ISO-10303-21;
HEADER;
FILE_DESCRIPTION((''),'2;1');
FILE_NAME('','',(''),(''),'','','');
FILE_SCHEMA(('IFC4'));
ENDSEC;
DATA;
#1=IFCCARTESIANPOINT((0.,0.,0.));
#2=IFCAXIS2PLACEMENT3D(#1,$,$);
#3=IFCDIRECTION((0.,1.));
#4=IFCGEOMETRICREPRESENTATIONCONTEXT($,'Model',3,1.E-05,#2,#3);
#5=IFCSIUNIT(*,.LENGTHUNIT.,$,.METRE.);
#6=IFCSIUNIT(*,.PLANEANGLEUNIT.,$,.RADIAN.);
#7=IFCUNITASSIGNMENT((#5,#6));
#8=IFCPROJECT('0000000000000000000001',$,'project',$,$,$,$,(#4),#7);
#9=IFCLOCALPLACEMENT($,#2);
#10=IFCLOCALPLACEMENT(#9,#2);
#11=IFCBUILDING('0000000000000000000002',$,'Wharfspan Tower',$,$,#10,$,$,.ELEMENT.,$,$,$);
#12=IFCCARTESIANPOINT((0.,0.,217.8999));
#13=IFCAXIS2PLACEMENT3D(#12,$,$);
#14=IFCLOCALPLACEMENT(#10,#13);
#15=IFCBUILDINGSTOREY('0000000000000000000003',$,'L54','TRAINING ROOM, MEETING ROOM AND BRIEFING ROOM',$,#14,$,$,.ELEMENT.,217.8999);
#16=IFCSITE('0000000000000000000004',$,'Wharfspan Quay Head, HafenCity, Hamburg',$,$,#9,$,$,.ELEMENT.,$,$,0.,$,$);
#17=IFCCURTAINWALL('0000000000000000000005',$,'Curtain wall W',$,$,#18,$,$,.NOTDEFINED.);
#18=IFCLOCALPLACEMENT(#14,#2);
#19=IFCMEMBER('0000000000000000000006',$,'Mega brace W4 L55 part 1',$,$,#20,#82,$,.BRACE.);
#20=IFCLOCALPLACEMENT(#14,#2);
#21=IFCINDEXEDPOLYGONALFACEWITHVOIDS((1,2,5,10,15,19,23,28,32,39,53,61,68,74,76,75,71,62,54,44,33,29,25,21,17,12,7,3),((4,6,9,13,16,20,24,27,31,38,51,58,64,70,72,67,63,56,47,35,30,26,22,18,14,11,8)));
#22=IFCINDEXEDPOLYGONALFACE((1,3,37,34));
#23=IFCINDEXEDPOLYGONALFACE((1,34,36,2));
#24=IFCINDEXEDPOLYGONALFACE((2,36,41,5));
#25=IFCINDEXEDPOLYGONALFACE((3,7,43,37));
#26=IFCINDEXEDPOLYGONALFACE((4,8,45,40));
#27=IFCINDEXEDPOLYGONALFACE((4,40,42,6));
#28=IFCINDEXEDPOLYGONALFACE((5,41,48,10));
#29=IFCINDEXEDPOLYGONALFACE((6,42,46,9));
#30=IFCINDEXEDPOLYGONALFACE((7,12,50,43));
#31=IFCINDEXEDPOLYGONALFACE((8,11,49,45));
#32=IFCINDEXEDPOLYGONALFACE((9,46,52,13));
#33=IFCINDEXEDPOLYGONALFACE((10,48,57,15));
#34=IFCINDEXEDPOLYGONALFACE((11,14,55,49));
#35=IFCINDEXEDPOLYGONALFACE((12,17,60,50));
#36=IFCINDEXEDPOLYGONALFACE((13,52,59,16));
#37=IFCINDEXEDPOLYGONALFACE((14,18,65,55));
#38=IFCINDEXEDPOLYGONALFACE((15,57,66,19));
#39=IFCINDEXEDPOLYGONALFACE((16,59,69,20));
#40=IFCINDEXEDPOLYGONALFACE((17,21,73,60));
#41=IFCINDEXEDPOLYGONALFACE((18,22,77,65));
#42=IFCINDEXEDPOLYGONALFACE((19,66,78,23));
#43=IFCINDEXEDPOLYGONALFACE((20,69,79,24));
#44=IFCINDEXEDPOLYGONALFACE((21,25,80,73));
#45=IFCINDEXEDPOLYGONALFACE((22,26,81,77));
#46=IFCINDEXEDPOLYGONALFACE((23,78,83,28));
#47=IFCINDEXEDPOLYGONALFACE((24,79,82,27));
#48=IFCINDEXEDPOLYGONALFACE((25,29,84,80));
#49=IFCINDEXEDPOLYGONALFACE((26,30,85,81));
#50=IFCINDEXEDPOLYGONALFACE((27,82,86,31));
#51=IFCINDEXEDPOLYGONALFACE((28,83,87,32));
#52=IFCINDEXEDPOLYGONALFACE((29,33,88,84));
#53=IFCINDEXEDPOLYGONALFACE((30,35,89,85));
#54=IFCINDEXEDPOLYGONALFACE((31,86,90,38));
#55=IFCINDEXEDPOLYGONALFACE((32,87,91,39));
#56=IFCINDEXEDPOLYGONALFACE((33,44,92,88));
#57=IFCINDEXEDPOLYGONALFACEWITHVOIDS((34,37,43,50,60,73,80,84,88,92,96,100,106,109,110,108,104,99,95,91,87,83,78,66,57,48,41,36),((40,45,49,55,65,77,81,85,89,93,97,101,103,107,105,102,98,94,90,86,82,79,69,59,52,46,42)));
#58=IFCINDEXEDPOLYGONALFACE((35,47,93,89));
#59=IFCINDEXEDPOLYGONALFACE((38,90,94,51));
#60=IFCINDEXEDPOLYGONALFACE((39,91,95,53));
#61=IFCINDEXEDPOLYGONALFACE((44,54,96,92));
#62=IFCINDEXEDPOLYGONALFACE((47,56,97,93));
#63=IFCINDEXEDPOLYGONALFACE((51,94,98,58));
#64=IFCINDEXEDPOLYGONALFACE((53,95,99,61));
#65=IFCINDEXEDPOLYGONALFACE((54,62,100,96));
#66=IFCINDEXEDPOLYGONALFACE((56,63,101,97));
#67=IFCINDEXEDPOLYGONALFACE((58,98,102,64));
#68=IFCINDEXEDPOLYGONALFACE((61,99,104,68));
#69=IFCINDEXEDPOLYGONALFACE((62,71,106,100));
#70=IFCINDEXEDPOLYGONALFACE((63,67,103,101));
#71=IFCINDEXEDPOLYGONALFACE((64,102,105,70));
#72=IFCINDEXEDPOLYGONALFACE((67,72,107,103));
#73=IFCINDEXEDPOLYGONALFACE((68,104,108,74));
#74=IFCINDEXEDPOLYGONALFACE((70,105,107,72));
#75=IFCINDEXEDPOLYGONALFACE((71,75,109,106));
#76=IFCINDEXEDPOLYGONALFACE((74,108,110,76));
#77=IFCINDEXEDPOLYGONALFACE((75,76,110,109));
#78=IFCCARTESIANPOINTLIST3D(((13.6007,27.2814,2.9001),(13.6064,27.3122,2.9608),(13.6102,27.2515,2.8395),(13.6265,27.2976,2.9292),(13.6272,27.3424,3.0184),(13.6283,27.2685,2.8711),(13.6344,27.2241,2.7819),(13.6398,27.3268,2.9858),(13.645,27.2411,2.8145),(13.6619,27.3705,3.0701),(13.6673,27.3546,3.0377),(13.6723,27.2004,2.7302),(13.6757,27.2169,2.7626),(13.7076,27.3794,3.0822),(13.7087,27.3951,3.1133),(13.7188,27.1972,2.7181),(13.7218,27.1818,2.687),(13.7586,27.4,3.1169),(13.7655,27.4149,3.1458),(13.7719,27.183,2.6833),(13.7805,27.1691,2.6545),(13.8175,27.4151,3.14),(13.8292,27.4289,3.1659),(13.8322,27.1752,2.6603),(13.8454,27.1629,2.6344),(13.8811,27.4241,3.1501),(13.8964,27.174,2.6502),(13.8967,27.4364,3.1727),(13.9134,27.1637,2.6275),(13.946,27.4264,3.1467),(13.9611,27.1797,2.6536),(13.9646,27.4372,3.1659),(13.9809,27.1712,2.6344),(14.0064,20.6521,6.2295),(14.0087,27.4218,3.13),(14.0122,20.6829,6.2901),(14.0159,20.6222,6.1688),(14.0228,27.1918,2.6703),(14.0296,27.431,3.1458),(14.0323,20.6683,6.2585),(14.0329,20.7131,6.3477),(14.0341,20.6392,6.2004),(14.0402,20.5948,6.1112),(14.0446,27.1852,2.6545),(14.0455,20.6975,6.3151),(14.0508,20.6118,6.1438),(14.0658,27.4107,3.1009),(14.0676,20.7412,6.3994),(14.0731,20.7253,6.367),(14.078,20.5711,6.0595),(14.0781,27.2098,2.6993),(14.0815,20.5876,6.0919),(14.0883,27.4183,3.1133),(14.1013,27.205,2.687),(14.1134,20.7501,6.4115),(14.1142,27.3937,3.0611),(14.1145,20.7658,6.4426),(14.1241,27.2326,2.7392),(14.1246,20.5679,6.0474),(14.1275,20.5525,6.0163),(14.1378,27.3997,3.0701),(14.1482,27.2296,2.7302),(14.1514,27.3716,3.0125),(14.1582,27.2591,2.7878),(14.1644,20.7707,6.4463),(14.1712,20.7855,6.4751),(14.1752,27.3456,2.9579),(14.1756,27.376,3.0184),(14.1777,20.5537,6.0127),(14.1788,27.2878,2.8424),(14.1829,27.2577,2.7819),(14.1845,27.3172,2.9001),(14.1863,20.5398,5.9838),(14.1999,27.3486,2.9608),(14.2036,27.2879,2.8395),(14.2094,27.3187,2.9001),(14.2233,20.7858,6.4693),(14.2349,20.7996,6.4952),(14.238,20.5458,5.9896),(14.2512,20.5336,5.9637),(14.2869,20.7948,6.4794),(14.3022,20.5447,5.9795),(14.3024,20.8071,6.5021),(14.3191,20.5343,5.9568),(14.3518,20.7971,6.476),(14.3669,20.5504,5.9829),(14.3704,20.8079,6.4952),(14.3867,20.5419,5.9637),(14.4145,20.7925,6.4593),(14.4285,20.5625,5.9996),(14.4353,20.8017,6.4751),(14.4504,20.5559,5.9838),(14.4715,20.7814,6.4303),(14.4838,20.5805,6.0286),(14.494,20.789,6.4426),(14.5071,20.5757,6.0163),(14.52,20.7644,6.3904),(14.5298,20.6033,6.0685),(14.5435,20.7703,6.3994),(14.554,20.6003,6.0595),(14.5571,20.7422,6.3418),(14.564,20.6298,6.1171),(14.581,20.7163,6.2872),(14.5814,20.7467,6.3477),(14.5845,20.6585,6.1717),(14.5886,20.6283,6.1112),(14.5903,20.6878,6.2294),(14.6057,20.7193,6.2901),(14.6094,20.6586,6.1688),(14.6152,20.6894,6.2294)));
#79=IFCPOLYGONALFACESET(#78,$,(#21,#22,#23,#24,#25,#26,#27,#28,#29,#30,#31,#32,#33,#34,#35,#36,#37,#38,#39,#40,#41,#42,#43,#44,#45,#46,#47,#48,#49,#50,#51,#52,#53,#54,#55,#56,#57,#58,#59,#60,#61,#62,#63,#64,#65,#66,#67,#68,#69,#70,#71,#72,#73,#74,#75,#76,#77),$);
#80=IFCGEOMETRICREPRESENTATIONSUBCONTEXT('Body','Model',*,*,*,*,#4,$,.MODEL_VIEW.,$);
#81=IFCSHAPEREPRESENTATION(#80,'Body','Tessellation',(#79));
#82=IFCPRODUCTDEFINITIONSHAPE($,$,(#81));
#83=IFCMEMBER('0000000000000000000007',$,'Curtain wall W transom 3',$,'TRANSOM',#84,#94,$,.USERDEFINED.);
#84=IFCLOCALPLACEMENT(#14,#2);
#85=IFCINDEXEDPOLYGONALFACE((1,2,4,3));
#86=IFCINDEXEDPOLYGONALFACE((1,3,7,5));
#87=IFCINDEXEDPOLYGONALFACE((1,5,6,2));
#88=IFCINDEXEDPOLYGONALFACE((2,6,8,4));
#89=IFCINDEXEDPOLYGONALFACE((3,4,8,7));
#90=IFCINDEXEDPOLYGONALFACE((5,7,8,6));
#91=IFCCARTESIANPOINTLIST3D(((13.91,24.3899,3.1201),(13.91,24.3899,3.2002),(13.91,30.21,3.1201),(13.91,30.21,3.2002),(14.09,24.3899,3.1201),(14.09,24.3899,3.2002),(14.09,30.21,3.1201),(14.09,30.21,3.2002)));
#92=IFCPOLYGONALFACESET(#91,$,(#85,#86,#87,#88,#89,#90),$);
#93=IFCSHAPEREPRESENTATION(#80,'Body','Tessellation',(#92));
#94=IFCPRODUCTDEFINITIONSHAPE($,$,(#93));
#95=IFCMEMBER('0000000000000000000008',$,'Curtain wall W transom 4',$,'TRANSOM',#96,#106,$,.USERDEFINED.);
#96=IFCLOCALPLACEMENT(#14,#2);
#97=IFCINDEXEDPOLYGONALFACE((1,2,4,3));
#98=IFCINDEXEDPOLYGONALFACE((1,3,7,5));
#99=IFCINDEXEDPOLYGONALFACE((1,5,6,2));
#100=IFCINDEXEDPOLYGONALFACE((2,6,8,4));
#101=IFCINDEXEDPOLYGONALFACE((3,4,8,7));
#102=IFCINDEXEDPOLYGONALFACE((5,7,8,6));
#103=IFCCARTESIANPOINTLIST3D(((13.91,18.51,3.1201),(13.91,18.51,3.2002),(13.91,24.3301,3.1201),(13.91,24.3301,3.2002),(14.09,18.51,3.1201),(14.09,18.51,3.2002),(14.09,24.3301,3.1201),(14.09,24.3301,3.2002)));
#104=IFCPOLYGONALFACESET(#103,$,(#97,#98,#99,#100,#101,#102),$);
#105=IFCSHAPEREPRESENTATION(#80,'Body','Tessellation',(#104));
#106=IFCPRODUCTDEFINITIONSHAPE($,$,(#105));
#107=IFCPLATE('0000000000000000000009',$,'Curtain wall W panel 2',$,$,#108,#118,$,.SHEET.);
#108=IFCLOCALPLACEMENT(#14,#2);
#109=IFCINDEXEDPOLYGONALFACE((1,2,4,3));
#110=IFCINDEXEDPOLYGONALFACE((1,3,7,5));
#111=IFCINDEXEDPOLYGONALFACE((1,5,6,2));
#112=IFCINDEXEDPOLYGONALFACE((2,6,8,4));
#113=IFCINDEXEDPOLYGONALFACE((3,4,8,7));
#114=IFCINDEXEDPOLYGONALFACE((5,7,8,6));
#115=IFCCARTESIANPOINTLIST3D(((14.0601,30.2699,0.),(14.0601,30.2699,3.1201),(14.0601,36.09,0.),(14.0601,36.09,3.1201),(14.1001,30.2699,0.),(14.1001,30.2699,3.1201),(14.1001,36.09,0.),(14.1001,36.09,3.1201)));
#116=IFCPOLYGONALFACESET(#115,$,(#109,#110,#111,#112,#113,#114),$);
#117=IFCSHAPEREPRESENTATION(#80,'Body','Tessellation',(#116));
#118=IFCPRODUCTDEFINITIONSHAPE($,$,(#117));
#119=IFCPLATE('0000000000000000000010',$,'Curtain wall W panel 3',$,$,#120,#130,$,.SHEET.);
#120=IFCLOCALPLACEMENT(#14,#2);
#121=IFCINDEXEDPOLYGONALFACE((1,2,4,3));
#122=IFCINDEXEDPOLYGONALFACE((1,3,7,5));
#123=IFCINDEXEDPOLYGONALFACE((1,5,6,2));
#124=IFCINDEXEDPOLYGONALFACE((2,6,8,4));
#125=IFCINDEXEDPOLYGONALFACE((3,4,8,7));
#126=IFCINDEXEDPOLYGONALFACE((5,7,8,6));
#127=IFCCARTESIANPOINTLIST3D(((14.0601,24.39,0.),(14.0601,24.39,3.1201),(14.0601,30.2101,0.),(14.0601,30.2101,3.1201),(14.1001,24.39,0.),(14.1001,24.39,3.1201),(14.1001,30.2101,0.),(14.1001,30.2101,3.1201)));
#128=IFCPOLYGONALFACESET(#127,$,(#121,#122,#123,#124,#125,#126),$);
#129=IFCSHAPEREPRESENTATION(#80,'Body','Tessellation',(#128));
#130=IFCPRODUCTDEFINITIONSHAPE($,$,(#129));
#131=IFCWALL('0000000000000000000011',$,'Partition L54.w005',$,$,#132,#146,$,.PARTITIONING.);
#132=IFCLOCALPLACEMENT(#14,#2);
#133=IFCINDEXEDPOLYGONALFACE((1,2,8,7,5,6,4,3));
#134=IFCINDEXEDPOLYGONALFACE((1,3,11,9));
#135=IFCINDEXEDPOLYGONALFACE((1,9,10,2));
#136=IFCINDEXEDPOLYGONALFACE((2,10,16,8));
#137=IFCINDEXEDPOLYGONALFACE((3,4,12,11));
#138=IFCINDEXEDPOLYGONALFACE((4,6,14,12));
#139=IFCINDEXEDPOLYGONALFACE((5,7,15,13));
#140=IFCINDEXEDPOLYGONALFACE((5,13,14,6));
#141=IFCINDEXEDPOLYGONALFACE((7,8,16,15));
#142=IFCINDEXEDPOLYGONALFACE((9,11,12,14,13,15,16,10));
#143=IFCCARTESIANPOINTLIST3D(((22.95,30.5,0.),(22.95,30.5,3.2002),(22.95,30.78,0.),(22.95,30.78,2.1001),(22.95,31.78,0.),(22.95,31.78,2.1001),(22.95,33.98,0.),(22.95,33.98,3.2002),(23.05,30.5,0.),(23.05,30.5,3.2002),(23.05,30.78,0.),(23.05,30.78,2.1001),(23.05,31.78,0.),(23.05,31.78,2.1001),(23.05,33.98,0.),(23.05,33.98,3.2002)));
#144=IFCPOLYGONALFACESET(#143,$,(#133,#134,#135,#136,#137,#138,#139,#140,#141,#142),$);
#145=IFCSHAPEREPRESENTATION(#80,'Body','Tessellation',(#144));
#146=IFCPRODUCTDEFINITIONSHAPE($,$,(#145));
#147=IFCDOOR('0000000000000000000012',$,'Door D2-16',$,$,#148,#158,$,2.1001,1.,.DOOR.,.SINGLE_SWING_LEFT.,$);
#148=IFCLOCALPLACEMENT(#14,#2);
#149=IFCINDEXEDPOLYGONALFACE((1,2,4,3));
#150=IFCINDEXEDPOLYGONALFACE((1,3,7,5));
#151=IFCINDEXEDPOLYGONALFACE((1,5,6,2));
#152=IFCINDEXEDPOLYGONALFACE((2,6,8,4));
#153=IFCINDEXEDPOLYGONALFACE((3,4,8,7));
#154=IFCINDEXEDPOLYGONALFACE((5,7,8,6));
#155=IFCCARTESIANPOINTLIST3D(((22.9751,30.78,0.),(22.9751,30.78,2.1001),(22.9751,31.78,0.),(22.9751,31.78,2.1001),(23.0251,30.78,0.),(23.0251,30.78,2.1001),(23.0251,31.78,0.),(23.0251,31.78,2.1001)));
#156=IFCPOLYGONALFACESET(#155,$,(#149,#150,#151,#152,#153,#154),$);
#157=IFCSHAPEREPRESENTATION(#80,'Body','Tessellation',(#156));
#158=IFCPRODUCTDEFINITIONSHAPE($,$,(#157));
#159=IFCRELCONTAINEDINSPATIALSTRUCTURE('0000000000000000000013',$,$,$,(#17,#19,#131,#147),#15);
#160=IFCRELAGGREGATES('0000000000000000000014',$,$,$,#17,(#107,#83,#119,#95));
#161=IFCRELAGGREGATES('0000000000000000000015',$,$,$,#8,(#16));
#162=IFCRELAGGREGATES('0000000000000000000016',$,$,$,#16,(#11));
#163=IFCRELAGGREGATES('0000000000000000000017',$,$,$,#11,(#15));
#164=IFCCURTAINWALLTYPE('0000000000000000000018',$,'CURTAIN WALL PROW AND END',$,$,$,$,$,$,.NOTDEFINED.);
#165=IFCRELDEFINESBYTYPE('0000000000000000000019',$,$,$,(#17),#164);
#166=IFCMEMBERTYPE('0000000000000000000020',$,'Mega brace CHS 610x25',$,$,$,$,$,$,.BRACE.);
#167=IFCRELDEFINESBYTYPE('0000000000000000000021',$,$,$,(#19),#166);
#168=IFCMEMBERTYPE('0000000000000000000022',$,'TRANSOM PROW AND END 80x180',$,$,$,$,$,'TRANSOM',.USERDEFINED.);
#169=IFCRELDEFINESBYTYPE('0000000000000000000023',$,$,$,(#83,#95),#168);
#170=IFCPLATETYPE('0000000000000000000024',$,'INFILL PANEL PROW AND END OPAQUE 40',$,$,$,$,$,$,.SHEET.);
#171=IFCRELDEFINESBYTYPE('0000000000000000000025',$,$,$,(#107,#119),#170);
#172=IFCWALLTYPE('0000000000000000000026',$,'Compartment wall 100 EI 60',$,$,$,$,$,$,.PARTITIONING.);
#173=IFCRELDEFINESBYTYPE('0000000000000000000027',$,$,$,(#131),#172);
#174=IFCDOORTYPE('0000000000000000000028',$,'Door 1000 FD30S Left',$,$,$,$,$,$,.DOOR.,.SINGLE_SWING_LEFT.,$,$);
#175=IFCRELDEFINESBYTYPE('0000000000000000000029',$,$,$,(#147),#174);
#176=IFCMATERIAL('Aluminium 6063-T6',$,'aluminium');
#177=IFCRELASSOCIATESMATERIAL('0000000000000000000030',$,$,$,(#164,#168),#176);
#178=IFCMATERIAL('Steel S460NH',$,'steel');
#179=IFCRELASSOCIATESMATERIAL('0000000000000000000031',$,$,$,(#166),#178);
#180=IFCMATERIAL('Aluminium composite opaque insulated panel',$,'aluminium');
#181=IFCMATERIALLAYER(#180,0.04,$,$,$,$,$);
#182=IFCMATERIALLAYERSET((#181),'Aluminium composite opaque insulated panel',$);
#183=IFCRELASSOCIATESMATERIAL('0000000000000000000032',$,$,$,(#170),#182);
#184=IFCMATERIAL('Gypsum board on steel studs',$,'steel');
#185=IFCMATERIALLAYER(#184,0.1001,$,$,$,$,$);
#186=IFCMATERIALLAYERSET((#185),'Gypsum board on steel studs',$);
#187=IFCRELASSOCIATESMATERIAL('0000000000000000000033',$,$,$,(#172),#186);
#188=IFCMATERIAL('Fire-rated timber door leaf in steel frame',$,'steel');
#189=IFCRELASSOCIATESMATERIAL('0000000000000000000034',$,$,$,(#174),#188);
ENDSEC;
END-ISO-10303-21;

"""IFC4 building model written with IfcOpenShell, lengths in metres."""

from ifc_helpers import new_model, si_unit, direction, frame, frame_2d, origin, origin_2d, place, context, subcontext, project, spatial, rectangle, hollow_circle, extrude, material, layer, layer_set, material_profile, profile_set, type_object, element, fill, aggregate, save


model = new_model("IFC4")

# Units and contexts
model_context = context("Model", 3, precision=1e-05, world=origin(), true_north=direction((0.0, 1.0)))
body_context = subcontext(model_context, "Body", "Model", "MODEL_VIEW")
ifc_project = project(units=[si_unit("LENGTHUNIT", "METRE"), si_unit("PLANEANGLEUNIT", "RADIAN")], contexts=[model_context])

# Site, building, storey
site_placement = place(None, origin())
site = spatial("IfcSite", under=ifc_project, at=site_placement, Name="Wharfspan Quay Head, HafenCity, Hamburg", CompositionType="ELEMENT", RefElevation=0.0)
building_placement = place(site_placement, origin())
building = spatial("IfcBuilding", under=site, at=building_placement, Name="Wharfspan Tower", CompositionType="ELEMENT")
storey_placement = place(building_placement, frame((0.0, 0.0, 217.8999)))
storey = spatial("IfcBuildingStorey", under=building, at=storey_placement, Name="L54", Description="TRAINING ROOM, MEETING ROOM AND BRIEFING ROOM", CompositionType="ELEMENT", Elevation=217.8999)

# Curtain wall
ifc_material_1 = material(Name="Aluminium 6063-T6", Category="aluminium")
curtain_wall_type = type_object("IfcCurtainWallType", Name="CURTAIN WALL PROW AND END", PredefinedType="NOTDEFINED", material=ifc_material_1)
curtain_wall_placement = place(storey_placement, origin())
curtain_wall = element("IfcCurtainWall", 1, at=curtain_wall_placement, inside=storey, type_object=curtain_wall_type, Name="Curtain wall W", PredefinedType="NOTDEFINED")

# Member
ifc_material_2 = material(Name="Steel S460NH", Category="steel")
ifc_material_profile_1 = material_profile(ifc_material_2, hollow_circle(Radius=0.3049, WallThickness=0.0249, at=origin_2d()))
ifc_profile_set_1 = profile_set([ifc_material_profile_1], Name="Steel S460NH")
member_type_1 = type_object("IfcMemberType", Name="Mega brace CHS 610x25", PredefinedType="BRACE", material=ifc_profile_set_1)
member_1_placement = place(storey_placement, frame((13.905, 27.3, 2.9001), z_axis=(0.054615, -0.892302, 0.448123), x_axis=(0.998132, 0.061091, -0.000003)))
element("IfcMember", 2, at=member_1_placement, inside=storey, type_object=member_type_1, Name="Mega brace W4 L55 part 1", PredefinedType="BRACE", context=body_context, shape_type="SweptSolid", body=[
    extrude(hollow_circle(Radius=0.3049, WallThickness=0.0249, at=origin_2d()), origin(), (0.0, 0.0, 1.0), 7.4294),
])

# Members
ifc_material_profile_2 = material_profile(ifc_material_1, rectangle(XDim=0.1799, YDim=0.0801, at=origin_2d()))
ifc_profile_set_2 = profile_set([ifc_material_profile_2], Name="Aluminium 6063-T6")
member_type_2 = type_object("IfcMemberType", Name="TRANSOM PROW AND END 80x180", ElementType="TRANSOM", PredefinedType="USERDEFINED", material=ifc_profile_set_2)
member_2_placement = place(storey_placement, frame((14.0, 30.21, 3.1602), z_axis=(0.0, -1.0, 0.0), x_axis=(1.0, 0.0, 0.0)))
member_2 = element("IfcMember", 3, at=member_2_placement, type_object=member_type_2, Name="Curtain wall W transom 3", ObjectType="TRANSOM", PredefinedType="USERDEFINED", context=body_context, shape_type="SweptSolid", body=[
    extrude(rectangle(XDim=0.1799, YDim=0.0801, at=origin_2d()), origin(), (0.0, 0.0, 1.0), 5.8201),
])
member_3_placement = place(storey_placement, frame((14.0, 24.3301, 3.1602), z_axis=(0.0, -1.0, 0.0), x_axis=(1.0, 0.0, 0.0)))
member_3 = element("IfcMember", 4, at=member_3_placement, type_object=member_type_2, Name="Curtain wall W transom 4", ObjectType="TRANSOM", PredefinedType="USERDEFINED", context=body_context, shape_type="SweptSolid", body=[
    extrude(rectangle(XDim=0.1799, YDim=0.0801, at=origin_2d()), origin(), (0.0, 0.0, 1.0), 5.8201),
])

# Plates
ifc_material_3 = material(Name="Aluminium composite opaque insulated panel", Category="aluminium")
ifc_layer_1 = layer(ifc_material_3, 0.04)
ifc_layer_set_1 = layer_set([ifc_layer_1], Name="Aluminium composite opaque insulated panel")
plate_type = type_object("IfcPlateType", Name="INFILL PANEL PROW AND END OPAQUE 40", PredefinedType="SHEET", material=ifc_layer_set_1)
plate_1_placement = place(storey_placement, frame((14.0801, 33.1799, 0.0), z_axis=(0.0, 0.0, 1.0), x_axis=(0.0, -1.0, 0.0)))
plate_1 = element("IfcPlate", 5, at=plate_1_placement, type_object=plate_type, Name="Curtain wall W panel 2", PredefinedType="SHEET", context=body_context, shape_type="SweptSolid", body=[
    extrude(rectangle(XDim=5.8201, YDim=0.04, at=origin_2d()), origin(), (0.0, 0.0, 1.0), 3.1201),
])
plate_2_placement = place(storey_placement, frame((14.0801, 27.3, 0.0), z_axis=(0.0, 0.0, 1.0), x_axis=(0.0, -1.0, 0.0)))
plate_2 = element("IfcPlate", 6, at=plate_2_placement, type_object=plate_type, Name="Curtain wall W panel 3", PredefinedType="SHEET", context=body_context, shape_type="SweptSolid", body=[
    extrude(rectangle(XDim=5.8201, YDim=0.04, at=origin_2d()), origin(), (0.0, 0.0, 1.0), 3.1201),
])
aggregate(curtain_wall, [plate_1, member_2, plate_2, member_3])

# Wall, opening, door
ifc_material_4 = material(Name="Gypsum board on steel studs", Category="steel")
ifc_layer_2 = layer(ifc_material_4, 0.1001)
ifc_layer_set_2 = layer_set([ifc_layer_2], Name="Gypsum board on steel studs")
wall_type_1 = type_object("IfcWallType", Name="Compartment wall 100 EI 60", PredefinedType="PARTITIONING", material=ifc_layer_set_2)
wall_1_placement = place(storey_placement, frame((23.0, 30.5, 0.0), z_axis=(0.0, 0.0, 1.0), x_axis=(0.0, 1.0, 0.0)))
wall_1 = element("IfcWall", 7, at=wall_1_placement, inside=storey, type_object=wall_type_1, Name="Partition L54.w005", PredefinedType="PARTITIONING", context=body_context, shape_type="SweptSolid", body=[
    extrude(rectangle(XDim=3.48, YDim=0.1001, at=frame_2d((1.74, 0.0))), origin(), (0.0, 0.0, 1.0), 3.2002),
])
opening_1_placement = place(wall_1_placement, frame((0.28, 0.0, 0.0)))
opening_1 = element("IfcOpeningElement", 8, at=opening_1_placement, cuts=wall_1, PredefinedType="OPENING", context=body_context, shape_type="SweptSolid", body=[
    extrude(rectangle(XDim=1.0, YDim=2.1001, at=frame_2d((0.5, 1.05))), frame((0.0, 0.0601, 0.0), z_axis=(0.0, -1.0, 0.0), x_axis=(1.0, 0.0, 0.0)), (0.0, 0.0, 1.0), 0.1201),
])
ifc_material_5 = material(Name="Fire-rated timber door leaf in steel frame", Category="steel")
door_type_1 = type_object("IfcDoorType", Name="Door 1000 FD30S Left", OperationType="SINGLE_SWING_LEFT", PredefinedType="DOOR", material=ifc_material_5)
door_1_placement = place(opening_1_placement, origin())
door_1 = element("IfcDoor", 9, at=door_1_placement, inside=storey, type_object=door_type_1, Name="Door D2-16", OperationType="SINGLE_SWING_LEFT", OverallHeight=2.1001, OverallWidth=1.0, PredefinedType="DOOR", context=body_context, shape_type="SweptSolid", body=[
    extrude(rectangle(XDim=1.0, YDim=2.1001, at=frame_2d((0.5, 1.05))), frame((0.0, 0.0249, 0.0), z_axis=(0.0, -1.0, 0.0), x_axis=(1.0, 0.0, 0.0)), (0.0, 0.0, 1.0), 0.05),
])
fill(opening_1, door_1)

save(model, "model.ifc")
